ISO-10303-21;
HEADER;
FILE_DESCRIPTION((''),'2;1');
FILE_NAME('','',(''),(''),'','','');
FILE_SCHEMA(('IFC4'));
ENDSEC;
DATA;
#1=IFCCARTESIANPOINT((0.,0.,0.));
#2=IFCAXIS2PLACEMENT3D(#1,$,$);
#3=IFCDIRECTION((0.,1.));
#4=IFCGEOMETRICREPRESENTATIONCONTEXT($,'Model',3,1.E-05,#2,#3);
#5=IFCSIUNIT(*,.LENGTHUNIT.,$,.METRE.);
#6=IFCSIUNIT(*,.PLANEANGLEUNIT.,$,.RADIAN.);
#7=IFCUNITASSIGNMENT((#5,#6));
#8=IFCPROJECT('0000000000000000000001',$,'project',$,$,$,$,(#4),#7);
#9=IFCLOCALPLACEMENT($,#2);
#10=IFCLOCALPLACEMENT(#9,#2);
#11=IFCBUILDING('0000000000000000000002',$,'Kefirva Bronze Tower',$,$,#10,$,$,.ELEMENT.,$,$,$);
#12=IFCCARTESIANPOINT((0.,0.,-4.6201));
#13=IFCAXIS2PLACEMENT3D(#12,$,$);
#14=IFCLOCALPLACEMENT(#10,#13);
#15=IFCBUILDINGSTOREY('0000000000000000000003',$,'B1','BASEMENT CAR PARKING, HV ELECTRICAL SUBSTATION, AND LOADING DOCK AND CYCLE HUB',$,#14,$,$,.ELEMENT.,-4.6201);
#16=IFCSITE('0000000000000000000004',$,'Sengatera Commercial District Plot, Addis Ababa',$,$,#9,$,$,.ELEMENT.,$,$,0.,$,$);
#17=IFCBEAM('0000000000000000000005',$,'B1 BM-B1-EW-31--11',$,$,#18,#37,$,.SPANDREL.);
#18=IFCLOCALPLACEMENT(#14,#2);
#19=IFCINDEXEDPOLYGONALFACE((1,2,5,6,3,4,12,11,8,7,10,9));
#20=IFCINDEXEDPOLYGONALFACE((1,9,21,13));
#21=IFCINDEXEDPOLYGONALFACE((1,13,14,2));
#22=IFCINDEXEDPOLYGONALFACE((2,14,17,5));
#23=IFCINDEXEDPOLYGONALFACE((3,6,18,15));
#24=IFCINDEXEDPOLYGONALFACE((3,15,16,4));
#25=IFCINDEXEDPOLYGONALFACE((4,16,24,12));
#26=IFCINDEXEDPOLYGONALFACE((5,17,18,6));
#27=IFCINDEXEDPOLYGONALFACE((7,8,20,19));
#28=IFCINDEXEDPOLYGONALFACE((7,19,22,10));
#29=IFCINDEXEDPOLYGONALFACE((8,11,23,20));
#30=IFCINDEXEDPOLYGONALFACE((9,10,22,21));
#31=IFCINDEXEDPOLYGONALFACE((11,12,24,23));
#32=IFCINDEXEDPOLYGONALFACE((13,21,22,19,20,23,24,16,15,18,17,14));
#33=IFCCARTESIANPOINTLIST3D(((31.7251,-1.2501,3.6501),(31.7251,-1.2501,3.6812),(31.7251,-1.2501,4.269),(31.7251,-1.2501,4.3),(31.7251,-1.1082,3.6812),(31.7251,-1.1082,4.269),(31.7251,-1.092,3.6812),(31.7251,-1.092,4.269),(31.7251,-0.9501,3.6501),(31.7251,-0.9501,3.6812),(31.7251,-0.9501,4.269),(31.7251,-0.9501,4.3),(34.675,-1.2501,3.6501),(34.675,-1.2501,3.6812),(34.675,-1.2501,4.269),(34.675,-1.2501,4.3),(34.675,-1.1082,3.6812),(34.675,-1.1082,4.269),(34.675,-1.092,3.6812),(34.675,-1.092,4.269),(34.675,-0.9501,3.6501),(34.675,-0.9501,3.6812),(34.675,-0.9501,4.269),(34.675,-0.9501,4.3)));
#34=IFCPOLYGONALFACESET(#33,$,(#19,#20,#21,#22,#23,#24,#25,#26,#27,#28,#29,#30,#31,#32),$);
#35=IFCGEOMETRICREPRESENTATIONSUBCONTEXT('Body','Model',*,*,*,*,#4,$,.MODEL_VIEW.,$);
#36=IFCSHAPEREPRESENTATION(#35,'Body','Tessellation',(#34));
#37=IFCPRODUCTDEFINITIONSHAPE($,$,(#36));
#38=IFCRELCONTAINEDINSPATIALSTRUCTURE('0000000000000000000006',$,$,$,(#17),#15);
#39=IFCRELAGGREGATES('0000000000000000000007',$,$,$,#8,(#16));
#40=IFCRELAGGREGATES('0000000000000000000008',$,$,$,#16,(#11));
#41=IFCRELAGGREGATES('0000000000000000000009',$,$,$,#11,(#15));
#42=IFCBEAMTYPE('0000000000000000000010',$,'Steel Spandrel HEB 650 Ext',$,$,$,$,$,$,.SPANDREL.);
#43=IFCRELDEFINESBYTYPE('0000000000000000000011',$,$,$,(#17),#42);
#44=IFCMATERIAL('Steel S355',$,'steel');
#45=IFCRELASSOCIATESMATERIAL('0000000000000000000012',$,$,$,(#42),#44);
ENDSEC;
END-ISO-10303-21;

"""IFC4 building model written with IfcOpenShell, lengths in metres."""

from ifc_helpers import new_model, si_unit, direction, frame, origin, origin_2d, place, context, subcontext, project, spatial, i_section, extrude, material, material_profile, profile_set, type_object, element, save


model = new_model("IFC4")

# Units and contexts
model_context = context("Model", 3, precision=1e-05, world=origin(), true_north=direction((0.0, 1.0)))
body_context = subcontext(model_context, "Body", "Model", "MODEL_VIEW")
ifc_project = project(units=[si_unit("LENGTHUNIT", "METRE"), si_unit("PLANEANGLEUNIT", "RADIAN")], contexts=[model_context])

# Site, building, storey
site_placement = place(None, origin())
site = spatial("IfcSite", under=ifc_project, at=site_placement, Name="Sengatera Commercial District Plot, Addis Ababa", CompositionType="ELEMENT", RefElevation=0.0)
building_placement = place(site_placement, origin())
building = spatial("IfcBuilding", under=site, at=building_placement, Name="Kefirva Bronze Tower", CompositionType="ELEMENT")
storey_placement = place(building_placement, frame((0.0, 0.0, -4.6201)))
storey = spatial("IfcBuildingStorey", under=building, at=storey_placement, Name="B1", Description="BASEMENT CAR PARKING, HV ELECTRICAL SUBSTATION, AND LOADING DOCK AND CYCLE HUB", CompositionType="ELEMENT", Elevation=-4.6201)

# Beam
ifc_material_1 = material(Name="Steel S355", Category="steel")
ifc_material_profile_1 = material_profile(ifc_material_1, i_section(OverallWidth=0.3, OverallDepth=0.6499, WebThickness=0.0161, FlangeThickness=0.031, at=origin_2d()), Name="HEB 650")
ifc_profile_set_1 = profile_set([ifc_material_profile_1], Name="Steel S355")
beam_type_1 = type_object("IfcBeamType", Name="Steel Spandrel HEB 650 Ext", PredefinedType="SPANDREL", material=ifc_profile_set_1)
beam_1_placement = place(storey_placement, frame((31.7251, -1.1001, 3.9751), z_axis=(1.0, 0.0, 0.0), x_axis=(0.0, 1.0, 0.0)))
element("IfcBeam", 1, at=beam_1_placement, inside=storey, type_object=beam_type_1, Name="B1 BM-B1-EW-31--11", PredefinedType="SPANDREL", context=body_context, shape_type="SweptSolid", body=[
    extrude(i_section(OverallWidth=0.3, OverallDepth=0.6499, WebThickness=0.0161, FlangeThickness=0.031, at=origin_2d()), origin(), (0.0, 0.0, 1.0), 2.95),
])

save(model, "model.ifc")
